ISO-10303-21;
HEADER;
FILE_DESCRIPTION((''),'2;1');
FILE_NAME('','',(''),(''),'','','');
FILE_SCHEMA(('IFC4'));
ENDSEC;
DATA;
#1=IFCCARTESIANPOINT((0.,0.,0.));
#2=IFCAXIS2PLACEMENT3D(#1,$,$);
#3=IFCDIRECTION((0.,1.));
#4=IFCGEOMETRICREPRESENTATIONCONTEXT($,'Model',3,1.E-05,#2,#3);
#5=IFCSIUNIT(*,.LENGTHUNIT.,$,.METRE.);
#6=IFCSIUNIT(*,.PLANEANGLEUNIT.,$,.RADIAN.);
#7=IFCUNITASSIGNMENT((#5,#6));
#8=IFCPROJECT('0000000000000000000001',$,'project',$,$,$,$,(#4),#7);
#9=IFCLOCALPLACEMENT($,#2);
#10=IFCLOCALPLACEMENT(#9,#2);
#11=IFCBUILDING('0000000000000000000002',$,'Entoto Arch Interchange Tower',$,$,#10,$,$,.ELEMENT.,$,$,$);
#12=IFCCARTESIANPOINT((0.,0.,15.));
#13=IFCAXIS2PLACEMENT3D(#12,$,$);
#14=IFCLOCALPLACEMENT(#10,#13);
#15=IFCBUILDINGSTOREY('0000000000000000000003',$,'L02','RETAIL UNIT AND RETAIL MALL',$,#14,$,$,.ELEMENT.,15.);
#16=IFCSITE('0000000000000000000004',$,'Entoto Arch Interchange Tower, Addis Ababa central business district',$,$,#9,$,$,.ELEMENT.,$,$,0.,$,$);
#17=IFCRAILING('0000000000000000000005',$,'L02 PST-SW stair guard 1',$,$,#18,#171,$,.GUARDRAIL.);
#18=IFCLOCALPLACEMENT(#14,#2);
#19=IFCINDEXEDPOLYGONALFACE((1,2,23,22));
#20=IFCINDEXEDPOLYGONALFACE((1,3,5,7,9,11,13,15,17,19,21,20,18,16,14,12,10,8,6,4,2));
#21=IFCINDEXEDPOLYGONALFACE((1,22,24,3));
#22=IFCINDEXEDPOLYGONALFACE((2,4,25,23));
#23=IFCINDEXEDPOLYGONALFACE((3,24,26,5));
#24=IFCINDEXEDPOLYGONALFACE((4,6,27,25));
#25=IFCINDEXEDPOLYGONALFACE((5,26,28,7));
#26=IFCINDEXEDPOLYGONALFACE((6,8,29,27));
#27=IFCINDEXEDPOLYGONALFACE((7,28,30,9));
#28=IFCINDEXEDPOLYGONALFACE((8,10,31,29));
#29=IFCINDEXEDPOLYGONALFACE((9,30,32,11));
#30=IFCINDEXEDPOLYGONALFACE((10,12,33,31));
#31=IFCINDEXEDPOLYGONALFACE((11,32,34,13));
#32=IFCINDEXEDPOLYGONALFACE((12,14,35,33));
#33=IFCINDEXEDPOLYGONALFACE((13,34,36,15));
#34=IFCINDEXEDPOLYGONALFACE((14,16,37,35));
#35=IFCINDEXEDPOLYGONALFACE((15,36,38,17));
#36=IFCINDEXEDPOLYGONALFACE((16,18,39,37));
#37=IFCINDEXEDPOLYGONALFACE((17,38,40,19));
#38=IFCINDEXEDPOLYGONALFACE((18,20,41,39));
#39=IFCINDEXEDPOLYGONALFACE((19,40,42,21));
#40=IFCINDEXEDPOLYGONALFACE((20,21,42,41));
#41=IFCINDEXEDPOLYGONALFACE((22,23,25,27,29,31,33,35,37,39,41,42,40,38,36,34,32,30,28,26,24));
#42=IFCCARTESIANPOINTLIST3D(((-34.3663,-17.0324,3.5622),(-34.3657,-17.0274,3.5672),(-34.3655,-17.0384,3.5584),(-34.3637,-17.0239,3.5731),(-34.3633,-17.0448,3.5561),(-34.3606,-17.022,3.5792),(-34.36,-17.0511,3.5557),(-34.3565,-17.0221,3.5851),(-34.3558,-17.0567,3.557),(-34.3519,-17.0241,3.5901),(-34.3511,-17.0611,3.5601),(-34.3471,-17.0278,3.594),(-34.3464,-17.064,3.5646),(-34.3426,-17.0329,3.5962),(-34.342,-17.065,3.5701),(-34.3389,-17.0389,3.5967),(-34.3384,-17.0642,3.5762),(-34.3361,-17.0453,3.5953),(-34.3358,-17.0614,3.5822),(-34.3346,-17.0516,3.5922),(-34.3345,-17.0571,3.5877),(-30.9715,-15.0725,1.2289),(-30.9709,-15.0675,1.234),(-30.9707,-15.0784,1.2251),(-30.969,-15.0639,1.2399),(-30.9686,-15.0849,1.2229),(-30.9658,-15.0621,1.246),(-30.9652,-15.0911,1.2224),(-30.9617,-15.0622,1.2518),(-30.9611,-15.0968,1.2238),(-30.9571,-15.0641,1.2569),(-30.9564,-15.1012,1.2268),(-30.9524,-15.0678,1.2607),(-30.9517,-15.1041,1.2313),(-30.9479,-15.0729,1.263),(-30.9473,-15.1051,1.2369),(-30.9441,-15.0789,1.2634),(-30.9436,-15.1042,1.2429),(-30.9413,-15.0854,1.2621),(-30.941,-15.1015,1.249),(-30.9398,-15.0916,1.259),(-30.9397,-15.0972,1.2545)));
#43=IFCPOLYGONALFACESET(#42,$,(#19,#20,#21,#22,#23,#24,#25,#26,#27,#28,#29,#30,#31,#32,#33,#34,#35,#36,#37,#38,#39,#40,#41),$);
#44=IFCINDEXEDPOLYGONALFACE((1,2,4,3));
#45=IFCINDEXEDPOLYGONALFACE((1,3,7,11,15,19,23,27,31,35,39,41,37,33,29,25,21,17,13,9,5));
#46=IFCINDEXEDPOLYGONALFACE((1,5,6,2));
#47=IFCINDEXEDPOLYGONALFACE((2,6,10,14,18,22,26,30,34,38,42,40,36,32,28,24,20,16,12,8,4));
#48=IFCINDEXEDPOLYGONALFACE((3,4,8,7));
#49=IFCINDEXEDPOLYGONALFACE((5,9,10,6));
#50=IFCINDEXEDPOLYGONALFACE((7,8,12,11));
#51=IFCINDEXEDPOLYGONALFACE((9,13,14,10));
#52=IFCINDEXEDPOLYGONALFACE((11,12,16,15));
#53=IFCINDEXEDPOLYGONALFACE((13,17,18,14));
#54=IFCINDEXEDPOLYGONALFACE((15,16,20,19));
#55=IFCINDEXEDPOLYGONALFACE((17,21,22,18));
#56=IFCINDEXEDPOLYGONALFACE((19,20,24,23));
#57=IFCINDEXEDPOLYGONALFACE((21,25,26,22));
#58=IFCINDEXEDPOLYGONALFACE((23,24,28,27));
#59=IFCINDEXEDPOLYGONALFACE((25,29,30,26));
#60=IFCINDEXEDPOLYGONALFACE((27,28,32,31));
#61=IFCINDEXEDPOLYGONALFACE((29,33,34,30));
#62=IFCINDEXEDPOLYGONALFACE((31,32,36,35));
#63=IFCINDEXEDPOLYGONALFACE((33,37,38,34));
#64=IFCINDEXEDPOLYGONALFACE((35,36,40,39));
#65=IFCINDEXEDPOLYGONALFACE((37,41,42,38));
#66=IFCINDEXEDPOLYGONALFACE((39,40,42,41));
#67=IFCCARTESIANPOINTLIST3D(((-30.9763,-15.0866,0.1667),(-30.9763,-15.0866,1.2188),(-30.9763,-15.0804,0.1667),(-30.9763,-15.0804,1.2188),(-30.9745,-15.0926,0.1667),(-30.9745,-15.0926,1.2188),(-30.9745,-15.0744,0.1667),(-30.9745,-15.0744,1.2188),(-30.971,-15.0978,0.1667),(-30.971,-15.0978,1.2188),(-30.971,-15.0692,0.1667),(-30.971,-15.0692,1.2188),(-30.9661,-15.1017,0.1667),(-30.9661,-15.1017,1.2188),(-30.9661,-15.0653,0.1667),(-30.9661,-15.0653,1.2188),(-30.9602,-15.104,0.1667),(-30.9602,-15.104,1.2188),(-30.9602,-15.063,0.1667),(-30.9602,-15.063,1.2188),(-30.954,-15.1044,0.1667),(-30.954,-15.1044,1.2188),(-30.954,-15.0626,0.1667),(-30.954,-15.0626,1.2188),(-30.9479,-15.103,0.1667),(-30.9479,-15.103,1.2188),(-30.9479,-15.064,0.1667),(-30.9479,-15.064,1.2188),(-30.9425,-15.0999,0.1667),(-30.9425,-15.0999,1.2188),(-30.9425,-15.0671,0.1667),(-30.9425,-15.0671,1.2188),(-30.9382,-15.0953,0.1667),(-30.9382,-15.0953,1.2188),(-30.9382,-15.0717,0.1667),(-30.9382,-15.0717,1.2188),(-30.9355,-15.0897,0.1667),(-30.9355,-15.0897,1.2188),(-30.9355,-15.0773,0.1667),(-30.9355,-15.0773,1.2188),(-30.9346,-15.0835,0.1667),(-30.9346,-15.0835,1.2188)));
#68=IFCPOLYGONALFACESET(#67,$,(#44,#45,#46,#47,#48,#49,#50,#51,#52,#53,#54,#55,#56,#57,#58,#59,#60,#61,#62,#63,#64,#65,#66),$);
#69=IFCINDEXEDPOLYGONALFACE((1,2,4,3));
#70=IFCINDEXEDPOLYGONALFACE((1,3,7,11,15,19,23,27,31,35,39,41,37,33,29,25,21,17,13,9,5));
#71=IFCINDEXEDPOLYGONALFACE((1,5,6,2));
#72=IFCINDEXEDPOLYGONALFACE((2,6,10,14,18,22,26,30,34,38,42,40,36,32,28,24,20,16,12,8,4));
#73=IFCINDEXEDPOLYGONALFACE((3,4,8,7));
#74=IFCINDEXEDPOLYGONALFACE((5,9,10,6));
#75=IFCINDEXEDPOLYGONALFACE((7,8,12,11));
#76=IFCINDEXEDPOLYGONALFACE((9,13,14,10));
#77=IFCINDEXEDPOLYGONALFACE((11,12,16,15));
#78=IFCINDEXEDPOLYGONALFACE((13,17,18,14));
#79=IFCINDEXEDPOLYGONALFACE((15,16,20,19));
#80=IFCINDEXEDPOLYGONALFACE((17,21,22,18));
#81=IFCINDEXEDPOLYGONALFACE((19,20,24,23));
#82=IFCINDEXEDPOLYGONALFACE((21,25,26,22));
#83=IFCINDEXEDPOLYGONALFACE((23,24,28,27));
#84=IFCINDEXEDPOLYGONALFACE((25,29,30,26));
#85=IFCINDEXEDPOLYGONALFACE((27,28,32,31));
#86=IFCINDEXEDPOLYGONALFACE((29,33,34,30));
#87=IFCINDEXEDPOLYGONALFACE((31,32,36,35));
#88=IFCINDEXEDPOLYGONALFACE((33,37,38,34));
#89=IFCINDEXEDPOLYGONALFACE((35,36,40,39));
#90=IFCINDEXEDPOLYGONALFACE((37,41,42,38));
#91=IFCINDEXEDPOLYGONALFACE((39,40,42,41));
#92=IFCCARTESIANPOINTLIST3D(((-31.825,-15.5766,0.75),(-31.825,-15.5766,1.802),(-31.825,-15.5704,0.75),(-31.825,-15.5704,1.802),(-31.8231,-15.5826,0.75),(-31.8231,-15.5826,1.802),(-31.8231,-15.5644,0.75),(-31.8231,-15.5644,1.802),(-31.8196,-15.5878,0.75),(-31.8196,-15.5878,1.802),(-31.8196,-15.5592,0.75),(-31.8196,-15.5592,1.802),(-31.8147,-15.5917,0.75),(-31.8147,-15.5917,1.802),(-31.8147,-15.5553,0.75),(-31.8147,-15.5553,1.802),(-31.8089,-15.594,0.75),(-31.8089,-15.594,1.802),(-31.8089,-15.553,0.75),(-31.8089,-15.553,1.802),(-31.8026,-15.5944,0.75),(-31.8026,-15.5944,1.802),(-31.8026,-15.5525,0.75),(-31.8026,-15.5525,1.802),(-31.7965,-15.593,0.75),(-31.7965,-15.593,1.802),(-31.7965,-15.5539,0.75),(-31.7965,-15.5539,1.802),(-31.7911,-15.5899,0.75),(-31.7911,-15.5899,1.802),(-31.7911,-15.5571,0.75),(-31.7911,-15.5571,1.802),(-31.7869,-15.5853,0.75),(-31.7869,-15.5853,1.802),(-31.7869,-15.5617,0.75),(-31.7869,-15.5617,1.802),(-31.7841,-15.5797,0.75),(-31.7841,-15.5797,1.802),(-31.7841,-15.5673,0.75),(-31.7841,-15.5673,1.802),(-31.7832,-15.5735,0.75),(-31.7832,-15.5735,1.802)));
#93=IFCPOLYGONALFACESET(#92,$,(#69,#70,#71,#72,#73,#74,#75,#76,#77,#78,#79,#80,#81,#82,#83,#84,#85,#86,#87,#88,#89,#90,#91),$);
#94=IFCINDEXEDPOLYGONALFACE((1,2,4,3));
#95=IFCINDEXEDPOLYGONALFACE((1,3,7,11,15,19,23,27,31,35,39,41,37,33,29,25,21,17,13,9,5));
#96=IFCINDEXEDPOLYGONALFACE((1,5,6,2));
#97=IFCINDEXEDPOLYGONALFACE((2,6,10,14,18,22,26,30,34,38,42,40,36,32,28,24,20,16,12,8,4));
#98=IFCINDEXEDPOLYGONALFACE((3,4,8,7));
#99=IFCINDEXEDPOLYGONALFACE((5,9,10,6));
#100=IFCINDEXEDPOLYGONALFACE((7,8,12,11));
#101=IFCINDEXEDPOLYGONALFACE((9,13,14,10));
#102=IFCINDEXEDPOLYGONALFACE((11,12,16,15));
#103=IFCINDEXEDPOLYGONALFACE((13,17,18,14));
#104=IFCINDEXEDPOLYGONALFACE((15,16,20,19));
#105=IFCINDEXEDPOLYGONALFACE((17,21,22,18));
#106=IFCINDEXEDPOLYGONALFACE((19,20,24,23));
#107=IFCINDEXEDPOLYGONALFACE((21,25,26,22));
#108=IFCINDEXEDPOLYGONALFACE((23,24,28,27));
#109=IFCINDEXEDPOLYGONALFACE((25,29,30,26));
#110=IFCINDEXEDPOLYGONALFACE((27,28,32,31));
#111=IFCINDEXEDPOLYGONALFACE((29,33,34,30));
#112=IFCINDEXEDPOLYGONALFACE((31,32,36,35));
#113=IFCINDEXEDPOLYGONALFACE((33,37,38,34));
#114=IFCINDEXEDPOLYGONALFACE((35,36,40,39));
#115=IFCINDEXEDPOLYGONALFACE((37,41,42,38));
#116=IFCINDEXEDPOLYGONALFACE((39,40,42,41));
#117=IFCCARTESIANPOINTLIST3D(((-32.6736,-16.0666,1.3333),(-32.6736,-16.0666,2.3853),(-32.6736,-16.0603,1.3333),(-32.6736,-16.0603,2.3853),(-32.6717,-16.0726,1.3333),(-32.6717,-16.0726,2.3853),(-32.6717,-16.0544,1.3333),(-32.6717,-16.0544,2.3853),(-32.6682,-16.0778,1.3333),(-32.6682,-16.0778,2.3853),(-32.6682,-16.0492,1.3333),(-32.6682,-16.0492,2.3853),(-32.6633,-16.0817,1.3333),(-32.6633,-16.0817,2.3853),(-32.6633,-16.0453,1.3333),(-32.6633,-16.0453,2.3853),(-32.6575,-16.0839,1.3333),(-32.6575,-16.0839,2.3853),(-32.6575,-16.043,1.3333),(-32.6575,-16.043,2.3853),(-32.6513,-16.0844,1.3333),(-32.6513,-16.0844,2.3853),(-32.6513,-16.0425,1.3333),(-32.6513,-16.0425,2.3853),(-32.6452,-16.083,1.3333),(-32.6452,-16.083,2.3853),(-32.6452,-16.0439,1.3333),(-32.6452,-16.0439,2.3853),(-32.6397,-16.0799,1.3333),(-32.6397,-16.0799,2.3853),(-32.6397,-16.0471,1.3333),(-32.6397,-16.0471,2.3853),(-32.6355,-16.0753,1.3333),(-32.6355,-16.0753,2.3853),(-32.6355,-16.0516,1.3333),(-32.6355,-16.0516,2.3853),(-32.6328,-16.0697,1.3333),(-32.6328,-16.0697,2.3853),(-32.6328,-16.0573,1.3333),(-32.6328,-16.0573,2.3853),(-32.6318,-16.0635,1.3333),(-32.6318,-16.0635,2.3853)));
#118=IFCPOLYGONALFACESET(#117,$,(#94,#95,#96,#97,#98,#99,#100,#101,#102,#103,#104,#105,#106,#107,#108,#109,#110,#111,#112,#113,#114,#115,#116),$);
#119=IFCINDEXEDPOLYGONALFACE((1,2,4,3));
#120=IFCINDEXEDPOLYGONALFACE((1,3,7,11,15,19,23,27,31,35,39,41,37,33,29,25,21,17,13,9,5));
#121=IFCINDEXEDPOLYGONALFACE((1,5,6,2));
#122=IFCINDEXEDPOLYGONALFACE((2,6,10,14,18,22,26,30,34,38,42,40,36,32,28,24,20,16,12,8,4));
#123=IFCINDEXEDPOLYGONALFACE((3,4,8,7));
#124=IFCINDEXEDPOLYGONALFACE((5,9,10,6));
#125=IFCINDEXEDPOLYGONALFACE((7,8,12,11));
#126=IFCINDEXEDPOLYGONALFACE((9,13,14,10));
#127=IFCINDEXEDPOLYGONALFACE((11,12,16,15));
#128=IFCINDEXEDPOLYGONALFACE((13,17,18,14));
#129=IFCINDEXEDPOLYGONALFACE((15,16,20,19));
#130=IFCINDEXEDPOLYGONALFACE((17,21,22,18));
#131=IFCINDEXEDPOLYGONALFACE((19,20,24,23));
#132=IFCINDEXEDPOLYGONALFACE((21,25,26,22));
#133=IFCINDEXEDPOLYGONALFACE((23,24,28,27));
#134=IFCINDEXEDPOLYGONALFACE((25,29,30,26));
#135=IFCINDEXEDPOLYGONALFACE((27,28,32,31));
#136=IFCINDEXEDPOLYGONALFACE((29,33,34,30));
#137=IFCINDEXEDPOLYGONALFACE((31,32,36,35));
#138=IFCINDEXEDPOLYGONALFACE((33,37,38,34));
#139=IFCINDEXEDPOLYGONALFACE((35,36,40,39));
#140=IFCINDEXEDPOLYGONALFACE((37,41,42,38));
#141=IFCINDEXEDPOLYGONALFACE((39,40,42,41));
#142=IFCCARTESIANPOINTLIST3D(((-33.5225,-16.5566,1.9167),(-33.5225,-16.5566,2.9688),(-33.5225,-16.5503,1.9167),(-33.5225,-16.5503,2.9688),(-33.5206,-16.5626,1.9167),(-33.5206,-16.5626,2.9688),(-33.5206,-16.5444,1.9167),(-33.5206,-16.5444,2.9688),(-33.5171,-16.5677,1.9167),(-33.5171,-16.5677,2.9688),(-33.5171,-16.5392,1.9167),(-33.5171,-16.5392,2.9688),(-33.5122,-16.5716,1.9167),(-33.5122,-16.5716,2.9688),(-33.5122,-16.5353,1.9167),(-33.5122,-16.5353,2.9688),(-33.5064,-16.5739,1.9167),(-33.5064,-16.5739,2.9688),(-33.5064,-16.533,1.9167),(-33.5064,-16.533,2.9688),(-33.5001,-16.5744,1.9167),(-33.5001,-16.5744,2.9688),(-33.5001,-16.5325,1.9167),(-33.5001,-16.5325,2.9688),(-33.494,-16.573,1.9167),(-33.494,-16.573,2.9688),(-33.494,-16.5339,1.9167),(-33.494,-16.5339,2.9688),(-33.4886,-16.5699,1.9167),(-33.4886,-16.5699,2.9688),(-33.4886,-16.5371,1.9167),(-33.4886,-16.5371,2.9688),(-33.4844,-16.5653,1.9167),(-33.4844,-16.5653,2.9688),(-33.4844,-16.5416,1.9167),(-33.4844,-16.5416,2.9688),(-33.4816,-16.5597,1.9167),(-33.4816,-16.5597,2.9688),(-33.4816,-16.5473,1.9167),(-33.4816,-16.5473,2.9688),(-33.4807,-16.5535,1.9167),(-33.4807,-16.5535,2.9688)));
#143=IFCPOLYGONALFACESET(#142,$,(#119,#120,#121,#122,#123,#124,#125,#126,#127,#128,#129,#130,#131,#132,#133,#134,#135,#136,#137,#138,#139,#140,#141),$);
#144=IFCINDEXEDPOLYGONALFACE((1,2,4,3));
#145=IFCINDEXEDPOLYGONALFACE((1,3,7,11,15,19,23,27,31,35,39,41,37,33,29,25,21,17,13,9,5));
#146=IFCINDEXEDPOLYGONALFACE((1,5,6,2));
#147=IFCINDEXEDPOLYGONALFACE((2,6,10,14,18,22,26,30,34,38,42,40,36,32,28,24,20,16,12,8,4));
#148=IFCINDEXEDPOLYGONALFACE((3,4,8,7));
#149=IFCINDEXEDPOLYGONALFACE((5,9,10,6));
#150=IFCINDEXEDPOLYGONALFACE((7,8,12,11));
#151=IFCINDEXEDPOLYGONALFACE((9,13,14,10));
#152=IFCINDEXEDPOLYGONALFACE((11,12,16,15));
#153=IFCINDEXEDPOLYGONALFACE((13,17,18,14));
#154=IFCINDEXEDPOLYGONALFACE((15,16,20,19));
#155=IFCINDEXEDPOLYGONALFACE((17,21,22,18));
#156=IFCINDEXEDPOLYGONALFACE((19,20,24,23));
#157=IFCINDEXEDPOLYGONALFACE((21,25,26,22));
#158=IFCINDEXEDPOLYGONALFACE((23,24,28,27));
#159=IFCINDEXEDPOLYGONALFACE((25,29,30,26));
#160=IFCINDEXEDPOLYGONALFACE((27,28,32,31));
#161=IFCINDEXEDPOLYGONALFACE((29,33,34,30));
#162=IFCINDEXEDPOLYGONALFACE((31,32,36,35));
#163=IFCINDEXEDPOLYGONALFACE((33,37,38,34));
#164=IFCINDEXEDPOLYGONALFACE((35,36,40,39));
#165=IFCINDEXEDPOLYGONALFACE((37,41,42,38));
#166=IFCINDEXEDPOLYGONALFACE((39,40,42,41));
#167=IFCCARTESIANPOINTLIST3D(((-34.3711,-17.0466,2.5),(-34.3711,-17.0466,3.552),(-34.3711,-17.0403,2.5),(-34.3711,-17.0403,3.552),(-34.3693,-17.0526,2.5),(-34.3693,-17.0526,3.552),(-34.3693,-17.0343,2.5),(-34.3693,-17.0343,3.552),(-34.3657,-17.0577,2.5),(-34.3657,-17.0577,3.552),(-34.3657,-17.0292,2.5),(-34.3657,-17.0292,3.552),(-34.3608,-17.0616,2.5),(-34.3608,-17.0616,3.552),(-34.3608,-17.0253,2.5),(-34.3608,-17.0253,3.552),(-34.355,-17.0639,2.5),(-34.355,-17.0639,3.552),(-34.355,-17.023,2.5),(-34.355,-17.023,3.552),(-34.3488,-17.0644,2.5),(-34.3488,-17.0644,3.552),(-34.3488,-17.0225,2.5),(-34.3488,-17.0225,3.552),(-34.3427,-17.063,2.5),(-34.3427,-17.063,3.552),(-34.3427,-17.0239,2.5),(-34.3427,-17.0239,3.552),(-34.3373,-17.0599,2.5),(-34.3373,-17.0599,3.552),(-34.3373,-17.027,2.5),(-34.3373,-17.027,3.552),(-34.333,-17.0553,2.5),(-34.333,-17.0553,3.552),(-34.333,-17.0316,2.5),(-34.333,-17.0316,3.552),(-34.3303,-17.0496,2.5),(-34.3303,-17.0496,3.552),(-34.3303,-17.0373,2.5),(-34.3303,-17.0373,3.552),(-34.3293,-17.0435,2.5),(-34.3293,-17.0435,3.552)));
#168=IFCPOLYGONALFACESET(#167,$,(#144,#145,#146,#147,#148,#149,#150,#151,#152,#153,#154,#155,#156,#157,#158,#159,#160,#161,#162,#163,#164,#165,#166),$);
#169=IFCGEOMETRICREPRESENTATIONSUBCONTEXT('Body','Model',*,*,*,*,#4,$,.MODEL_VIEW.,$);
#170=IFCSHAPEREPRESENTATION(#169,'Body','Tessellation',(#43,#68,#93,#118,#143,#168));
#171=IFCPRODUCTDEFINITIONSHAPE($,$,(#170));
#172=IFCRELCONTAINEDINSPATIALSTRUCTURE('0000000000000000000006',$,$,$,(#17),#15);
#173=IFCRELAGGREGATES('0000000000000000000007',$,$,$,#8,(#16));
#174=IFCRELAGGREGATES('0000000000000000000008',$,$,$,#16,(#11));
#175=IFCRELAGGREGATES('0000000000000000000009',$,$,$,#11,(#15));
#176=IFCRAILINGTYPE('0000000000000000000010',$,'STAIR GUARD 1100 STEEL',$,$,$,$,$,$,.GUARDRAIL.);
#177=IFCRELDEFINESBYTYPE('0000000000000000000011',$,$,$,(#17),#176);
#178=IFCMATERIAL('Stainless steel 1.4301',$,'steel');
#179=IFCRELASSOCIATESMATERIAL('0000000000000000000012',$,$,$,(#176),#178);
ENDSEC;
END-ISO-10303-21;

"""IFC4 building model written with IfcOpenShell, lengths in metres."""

from ifc_helpers import new_model, si_unit, direction, frame, origin, origin_2d, place, context, subcontext, project, spatial, circle, extrude, material, type_object, element, save


model = new_model("IFC4")

# Units and contexts
model_context = context("Model", 3, precision=1e-05, world=origin(), true_north=direction((0.0, 1.0)))
body_context = subcontext(model_context, "Body", "Model", "MODEL_VIEW")
ifc_project = project(units=[si_unit("LENGTHUNIT", "METRE"), si_unit("PLANEANGLEUNIT", "RADIAN")], contexts=[model_context])

# Site, building, storey
site_placement = place(None, origin())
site = spatial("IfcSite", under=ifc_project, at=site_placement, Name="Entoto Arch Interchange Tower, Addis Ababa central business district", CompositionType="ELEMENT", RefElevation=0.0)
building_placement = place(site_placement, origin())
building = spatial("IfcBuilding", under=site, at=building_placement, Name="Entoto Arch Interchange Tower", CompositionType="ELEMENT")
storey_placement = place(building_placement, frame((0.0, 0.0, 15.0)))
storey = spatial("IfcBuildingStorey", under=building, at=storey_placement, Name="L02", Description="RETAIL UNIT AND RETAIL MALL", CompositionType="ELEMENT", Elevation=15.0)

# Railing
ifc_material_1 = material(Name="Stainless steel 1.4301", Category="steel")
railing_type_1 = type_object("IfcRailingType", Name="STAIR GUARD 1100 STEEL", PredefinedType="GUARDRAIL", material=ifc_material_1)
railing_1_placement = place(storey_placement, frame((-30.9556, -15.0835, 0.1667)))
element("IfcRailing", 1, at=railing_1_placement, inside=storey, type_object=railing_type_1, Name="L02 PST-SW stair guard 1", PredefinedType="GUARDRAIL", context=body_context, shape_type="SweptSolid", body=[
    extrude(circle(Radius=0.0239, at=origin_2d()), frame((0.0, 0.0, 1.0762), z_axis=(-0.744175, -0.429646, 0.511476), x_axis=(0.499997, -0.866027, 0.0)), (0.0, 0.0, 1.0), 4.5618),
    extrude(circle(Radius=0.021, at=origin_2d()), origin(), (0.0, 0.0, 1.0), 1.052),
    extrude(circle(Radius=0.021, at=origin_2d()), frame((-0.8486, -0.49, 0.5833)), (0.0, 0.0, 1.0), 1.052),
    extrude(circle(Radius=0.021, at=origin_2d()), frame((-1.6973, -0.98, 1.1665)), (0.0, 0.0, 1.0), 1.052),
    extrude(circle(Radius=0.021, at=origin_2d()), frame((-2.5461, -1.47, 1.75)), (0.0, 0.0, 1.0), 1.052),
    extrude(circle(Radius=0.021, at=origin_2d()), frame((-3.3948, -1.96, 2.3333)), (0.0, 0.0, 1.0), 1.052),
])

save(model, "model.ifc")
